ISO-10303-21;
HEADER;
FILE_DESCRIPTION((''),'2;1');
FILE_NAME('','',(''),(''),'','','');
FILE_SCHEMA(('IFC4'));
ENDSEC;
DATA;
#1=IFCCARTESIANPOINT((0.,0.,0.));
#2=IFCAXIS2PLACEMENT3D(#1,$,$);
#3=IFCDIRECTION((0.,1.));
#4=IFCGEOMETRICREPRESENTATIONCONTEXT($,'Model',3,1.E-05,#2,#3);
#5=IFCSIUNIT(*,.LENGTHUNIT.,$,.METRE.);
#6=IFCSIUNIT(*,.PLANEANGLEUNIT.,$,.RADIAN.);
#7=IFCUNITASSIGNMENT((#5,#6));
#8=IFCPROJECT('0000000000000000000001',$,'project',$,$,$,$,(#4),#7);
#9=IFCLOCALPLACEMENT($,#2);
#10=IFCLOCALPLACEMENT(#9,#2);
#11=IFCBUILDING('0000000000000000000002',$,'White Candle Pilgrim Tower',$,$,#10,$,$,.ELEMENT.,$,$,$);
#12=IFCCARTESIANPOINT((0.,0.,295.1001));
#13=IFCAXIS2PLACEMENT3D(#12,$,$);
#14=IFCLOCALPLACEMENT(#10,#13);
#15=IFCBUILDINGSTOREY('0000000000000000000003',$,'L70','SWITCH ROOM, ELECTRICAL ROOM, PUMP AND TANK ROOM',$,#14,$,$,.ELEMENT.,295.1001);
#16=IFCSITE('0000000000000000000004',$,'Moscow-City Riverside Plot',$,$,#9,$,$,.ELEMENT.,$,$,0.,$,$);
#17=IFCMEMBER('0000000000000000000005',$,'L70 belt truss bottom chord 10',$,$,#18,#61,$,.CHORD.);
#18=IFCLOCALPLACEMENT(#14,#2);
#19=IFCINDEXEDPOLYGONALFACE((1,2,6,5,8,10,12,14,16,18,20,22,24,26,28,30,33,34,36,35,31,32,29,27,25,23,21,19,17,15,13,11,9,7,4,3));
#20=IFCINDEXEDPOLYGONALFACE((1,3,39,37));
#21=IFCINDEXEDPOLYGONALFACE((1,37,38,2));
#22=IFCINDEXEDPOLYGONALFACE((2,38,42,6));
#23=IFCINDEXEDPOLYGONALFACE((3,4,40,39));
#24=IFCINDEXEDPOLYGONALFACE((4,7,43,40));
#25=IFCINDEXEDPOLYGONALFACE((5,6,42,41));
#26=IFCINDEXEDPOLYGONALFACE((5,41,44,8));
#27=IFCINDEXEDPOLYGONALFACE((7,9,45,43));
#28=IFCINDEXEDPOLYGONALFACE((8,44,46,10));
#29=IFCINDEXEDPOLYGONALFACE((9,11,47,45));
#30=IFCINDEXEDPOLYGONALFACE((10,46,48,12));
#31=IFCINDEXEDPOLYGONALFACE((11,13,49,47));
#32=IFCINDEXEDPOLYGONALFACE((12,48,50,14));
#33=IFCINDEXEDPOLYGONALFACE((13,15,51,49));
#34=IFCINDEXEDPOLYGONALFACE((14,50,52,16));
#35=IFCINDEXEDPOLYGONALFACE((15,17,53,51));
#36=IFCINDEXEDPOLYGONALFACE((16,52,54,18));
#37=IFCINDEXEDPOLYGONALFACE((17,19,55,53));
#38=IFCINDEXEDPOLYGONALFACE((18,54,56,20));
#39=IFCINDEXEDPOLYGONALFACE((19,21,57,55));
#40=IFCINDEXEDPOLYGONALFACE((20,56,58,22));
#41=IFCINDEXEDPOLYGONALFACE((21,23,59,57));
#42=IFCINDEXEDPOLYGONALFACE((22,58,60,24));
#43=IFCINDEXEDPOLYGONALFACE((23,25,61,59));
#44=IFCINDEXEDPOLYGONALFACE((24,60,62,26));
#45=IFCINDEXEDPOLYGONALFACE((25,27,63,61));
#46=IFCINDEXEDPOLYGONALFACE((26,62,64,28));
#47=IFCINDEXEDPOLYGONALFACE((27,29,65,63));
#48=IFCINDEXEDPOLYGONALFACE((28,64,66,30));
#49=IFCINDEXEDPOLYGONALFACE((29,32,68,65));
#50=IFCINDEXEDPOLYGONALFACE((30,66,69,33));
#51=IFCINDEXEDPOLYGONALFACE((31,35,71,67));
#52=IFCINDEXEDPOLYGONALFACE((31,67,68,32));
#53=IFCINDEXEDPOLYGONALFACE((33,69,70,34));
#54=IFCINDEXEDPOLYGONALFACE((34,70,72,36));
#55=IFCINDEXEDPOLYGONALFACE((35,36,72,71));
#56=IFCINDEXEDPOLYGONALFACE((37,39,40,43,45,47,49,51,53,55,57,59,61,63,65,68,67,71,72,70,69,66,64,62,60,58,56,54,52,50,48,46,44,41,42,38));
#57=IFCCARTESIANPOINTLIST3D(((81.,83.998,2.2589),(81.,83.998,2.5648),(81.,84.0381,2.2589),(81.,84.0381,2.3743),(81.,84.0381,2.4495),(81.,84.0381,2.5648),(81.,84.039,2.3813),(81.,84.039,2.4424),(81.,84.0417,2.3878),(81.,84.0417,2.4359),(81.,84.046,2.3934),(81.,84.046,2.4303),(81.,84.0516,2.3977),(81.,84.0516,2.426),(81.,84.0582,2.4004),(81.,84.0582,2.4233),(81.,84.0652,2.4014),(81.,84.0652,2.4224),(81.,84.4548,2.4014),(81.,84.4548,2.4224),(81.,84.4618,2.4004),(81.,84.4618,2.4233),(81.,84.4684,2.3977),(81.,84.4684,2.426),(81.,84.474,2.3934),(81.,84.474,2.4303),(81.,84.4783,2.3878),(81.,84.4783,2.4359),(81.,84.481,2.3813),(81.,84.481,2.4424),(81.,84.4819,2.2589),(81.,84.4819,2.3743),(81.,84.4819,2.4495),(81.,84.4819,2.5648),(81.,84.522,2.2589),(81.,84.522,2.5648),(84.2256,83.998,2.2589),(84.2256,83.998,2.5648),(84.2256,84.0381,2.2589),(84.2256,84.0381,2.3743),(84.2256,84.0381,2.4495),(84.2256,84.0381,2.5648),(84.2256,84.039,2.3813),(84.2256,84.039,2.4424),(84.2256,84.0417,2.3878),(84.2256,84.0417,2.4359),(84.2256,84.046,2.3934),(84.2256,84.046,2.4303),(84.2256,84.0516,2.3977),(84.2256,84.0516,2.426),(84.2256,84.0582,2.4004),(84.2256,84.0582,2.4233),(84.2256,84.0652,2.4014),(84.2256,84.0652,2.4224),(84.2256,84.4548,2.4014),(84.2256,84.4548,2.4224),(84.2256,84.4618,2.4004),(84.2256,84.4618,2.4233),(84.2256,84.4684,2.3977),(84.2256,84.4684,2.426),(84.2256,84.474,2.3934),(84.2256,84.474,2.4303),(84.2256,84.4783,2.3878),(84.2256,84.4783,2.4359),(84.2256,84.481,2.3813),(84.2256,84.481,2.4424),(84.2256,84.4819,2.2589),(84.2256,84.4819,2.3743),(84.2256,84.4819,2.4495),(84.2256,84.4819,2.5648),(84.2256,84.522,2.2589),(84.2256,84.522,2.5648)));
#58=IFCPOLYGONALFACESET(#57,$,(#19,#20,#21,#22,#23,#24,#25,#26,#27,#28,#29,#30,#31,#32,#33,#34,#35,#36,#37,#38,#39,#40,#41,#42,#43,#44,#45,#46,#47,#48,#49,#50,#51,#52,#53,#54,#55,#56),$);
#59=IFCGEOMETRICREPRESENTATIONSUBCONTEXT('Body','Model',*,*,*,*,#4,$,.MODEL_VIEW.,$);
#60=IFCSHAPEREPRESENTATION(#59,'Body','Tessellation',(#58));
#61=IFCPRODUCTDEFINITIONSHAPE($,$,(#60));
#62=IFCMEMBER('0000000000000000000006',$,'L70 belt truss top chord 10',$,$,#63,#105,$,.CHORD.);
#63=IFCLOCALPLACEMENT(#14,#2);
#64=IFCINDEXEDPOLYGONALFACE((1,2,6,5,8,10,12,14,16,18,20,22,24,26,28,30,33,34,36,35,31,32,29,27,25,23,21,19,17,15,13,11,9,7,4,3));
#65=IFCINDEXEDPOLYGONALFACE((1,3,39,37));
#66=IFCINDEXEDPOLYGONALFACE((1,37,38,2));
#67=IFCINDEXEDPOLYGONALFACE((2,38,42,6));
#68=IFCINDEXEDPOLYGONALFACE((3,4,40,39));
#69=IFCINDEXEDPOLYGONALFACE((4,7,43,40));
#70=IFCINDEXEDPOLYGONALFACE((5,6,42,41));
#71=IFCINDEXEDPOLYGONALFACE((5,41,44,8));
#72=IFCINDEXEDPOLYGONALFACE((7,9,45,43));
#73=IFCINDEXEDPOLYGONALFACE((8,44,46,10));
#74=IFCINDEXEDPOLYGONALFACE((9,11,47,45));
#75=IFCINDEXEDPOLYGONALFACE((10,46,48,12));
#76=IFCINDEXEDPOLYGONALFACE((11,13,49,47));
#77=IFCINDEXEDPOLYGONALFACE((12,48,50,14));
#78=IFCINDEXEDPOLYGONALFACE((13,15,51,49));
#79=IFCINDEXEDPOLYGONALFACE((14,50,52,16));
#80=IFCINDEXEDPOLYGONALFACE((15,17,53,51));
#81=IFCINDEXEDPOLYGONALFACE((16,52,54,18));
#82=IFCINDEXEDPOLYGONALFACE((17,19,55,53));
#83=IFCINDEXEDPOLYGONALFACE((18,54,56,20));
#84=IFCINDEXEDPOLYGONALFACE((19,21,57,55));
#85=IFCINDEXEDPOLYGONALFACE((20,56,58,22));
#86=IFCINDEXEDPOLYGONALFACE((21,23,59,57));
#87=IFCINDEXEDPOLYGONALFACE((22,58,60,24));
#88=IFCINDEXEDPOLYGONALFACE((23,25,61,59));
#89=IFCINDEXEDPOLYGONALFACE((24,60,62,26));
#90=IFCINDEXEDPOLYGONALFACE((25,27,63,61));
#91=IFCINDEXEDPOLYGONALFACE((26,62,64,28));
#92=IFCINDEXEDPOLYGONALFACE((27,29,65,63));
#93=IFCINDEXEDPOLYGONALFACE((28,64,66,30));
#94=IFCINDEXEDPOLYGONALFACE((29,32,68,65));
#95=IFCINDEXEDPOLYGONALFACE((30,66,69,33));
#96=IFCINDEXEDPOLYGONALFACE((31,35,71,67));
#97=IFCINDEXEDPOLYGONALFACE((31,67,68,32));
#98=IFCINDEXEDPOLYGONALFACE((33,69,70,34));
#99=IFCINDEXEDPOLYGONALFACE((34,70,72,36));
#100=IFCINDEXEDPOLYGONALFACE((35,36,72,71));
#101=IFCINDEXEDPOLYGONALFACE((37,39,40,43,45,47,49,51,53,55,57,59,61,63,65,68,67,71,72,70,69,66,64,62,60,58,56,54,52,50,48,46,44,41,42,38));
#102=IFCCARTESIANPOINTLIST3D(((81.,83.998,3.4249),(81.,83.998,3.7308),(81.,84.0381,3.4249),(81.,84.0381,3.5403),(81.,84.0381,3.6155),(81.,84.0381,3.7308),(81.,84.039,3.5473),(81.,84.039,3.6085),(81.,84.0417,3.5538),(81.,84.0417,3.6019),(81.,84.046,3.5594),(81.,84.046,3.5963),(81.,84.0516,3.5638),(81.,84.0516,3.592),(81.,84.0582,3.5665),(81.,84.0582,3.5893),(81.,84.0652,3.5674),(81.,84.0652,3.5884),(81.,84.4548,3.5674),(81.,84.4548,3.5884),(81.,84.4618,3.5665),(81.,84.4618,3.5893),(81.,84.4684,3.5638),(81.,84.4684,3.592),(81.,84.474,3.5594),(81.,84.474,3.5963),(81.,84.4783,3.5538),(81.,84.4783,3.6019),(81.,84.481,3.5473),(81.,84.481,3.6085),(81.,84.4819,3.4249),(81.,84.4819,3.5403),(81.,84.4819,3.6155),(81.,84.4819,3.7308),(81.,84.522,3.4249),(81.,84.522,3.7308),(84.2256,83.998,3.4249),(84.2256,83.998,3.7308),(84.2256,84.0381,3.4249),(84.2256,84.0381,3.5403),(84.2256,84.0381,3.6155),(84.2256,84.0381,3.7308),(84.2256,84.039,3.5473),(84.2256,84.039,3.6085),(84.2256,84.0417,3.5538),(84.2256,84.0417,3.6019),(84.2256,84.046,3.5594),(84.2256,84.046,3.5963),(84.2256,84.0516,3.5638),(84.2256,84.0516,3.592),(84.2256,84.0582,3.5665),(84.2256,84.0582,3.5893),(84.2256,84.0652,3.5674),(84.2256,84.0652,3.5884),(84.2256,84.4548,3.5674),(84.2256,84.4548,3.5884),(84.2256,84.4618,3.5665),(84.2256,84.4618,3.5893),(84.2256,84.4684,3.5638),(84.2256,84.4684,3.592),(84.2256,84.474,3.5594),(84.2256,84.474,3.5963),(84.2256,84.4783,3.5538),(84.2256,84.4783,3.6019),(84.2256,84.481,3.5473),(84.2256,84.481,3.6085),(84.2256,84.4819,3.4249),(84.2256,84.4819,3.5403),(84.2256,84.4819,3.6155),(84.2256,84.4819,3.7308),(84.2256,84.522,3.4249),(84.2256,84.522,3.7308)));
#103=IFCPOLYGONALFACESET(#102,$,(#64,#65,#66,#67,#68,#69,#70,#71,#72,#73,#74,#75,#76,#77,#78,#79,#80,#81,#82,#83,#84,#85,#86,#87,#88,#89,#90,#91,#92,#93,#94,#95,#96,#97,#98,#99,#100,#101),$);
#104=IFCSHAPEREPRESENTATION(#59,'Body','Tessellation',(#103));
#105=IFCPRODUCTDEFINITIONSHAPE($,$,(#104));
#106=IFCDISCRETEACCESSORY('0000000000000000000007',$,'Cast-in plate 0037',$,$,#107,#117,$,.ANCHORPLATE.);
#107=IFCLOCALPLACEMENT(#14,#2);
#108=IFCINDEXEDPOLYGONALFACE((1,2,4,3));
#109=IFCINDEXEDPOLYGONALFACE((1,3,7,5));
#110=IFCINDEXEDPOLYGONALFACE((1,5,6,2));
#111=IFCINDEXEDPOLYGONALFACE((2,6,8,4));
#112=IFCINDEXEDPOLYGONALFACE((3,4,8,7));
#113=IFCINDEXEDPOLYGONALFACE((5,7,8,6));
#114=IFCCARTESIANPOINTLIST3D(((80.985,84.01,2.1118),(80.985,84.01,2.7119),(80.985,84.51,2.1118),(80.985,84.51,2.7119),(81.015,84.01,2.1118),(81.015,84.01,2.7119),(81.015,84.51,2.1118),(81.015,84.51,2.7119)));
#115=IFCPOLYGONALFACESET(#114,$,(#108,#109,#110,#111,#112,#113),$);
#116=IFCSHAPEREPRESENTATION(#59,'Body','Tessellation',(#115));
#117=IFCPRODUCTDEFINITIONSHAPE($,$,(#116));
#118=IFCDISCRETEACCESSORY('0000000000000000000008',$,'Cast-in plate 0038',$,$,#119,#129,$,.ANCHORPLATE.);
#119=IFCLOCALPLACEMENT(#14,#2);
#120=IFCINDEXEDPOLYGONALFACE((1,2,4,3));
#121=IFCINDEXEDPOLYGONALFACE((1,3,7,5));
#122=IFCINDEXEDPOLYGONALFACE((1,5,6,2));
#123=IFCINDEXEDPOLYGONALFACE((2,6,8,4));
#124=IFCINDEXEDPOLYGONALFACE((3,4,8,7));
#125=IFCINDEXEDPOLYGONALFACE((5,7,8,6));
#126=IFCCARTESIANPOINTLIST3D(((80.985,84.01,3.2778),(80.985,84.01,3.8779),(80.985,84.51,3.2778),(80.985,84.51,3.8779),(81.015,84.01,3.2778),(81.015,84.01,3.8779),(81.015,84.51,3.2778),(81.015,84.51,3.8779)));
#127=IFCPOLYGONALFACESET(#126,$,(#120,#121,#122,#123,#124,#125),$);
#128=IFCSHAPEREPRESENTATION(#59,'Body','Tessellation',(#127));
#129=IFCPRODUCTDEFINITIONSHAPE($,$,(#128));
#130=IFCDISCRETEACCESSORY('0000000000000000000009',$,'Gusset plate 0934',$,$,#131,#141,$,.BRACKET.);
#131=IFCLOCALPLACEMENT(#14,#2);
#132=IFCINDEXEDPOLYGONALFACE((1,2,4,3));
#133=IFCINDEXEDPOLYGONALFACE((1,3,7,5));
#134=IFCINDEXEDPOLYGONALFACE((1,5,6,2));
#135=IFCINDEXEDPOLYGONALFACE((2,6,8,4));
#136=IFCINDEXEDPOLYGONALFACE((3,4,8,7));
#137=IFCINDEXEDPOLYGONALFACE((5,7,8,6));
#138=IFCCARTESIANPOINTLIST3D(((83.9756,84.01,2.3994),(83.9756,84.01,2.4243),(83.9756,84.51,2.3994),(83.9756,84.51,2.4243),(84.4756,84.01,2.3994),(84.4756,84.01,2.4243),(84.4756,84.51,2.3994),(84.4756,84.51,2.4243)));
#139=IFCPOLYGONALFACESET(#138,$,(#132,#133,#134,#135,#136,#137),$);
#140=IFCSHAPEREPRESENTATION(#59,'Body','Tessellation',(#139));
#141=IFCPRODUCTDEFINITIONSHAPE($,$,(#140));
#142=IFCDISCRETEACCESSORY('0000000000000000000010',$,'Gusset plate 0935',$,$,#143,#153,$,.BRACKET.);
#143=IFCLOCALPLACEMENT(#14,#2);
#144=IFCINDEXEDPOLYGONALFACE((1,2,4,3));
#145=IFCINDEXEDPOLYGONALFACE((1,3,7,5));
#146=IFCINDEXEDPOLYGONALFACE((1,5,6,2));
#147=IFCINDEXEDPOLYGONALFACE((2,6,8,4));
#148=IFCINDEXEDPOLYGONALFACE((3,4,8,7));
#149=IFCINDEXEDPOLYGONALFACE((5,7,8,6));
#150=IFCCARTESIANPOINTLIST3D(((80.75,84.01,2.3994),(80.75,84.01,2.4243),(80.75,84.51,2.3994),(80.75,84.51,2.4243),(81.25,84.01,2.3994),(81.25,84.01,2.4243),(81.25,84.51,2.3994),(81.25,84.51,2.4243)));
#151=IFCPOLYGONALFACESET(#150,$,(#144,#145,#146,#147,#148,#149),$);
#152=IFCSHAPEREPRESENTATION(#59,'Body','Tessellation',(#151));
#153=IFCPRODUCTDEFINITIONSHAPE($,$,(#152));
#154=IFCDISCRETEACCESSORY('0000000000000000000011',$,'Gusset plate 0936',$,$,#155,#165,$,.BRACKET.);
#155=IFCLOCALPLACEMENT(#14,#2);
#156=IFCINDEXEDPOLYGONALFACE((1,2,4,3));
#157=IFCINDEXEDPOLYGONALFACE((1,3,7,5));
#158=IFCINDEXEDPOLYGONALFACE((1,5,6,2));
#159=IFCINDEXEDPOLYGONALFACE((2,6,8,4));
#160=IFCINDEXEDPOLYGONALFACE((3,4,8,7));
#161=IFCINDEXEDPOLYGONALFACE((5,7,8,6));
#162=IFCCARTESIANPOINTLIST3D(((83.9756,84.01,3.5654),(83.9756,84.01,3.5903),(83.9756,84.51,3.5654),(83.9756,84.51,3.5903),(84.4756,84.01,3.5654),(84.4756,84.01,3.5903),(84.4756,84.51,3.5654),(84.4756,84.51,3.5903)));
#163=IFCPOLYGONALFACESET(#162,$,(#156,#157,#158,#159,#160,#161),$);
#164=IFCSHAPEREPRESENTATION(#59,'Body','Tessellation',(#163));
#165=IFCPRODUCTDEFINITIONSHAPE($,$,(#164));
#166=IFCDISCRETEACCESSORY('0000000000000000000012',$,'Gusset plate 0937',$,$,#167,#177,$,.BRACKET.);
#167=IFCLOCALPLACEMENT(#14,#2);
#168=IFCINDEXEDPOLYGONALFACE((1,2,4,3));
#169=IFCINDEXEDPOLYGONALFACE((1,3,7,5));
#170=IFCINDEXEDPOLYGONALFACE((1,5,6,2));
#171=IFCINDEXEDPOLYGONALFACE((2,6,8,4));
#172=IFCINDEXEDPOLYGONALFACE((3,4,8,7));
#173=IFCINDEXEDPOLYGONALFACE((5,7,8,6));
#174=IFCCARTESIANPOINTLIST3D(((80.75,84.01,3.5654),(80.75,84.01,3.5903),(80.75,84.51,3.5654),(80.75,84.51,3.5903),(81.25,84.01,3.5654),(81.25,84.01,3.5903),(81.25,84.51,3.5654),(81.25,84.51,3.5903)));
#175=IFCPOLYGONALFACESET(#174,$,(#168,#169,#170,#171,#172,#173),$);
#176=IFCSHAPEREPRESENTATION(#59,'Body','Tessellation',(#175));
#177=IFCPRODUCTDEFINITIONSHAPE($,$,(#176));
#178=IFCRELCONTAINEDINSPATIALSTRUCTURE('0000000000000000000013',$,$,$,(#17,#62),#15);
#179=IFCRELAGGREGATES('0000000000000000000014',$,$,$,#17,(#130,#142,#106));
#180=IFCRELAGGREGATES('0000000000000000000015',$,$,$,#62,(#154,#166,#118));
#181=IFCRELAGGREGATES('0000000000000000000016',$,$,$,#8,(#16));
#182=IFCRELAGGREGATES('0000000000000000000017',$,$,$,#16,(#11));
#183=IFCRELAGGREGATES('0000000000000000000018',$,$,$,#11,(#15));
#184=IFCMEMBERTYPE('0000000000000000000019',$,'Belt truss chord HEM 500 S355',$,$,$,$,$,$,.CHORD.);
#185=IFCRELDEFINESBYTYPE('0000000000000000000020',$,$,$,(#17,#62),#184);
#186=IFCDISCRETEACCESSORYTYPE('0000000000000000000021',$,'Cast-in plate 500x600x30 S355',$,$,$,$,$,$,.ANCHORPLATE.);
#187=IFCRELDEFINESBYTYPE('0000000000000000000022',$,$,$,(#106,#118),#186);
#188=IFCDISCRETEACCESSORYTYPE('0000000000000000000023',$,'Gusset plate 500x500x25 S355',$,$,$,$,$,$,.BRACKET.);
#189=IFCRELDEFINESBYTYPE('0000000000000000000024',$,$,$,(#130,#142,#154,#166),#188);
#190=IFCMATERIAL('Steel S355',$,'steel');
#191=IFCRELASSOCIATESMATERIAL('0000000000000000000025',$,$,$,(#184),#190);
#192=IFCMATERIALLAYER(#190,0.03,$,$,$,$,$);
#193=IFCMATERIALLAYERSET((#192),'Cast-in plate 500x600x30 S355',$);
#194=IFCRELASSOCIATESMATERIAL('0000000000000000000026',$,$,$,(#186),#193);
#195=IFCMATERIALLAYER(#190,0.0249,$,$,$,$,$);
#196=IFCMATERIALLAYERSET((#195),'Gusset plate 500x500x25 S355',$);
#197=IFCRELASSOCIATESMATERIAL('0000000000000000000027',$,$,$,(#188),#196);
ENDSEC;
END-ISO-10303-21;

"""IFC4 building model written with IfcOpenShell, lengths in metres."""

from ifc_helpers import new_model, si_unit, direction, frame, origin, origin_2d, place, context, subcontext, project, spatial, rectangle, i_section, extrude, material, layer, layer_set, material_profile, profile_set, type_object, element, aggregate, save


model = new_model("IFC4")

# Units and contexts
model_context = context("Model", 3, precision=1e-05, world=origin(), true_north=direction((0.0, 1.0)))
body_context = subcontext(model_context, "Body", "Model", "MODEL_VIEW")
ifc_project = project(units=[si_unit("LENGTHUNIT", "METRE"), si_unit("PLANEANGLEUNIT", "RADIAN")], contexts=[model_context])

# Site, building, storey
site_placement = place(None, origin())
site = spatial("IfcSite", under=ifc_project, at=site_placement, Name="Moscow-City Riverside Plot", CompositionType="ELEMENT", RefElevation=0.0)
building_placement = place(site_placement, origin())
building = spatial("IfcBuilding", under=site, at=building_placement, Name="White Candle Pilgrim Tower", CompositionType="ELEMENT")
storey_placement = place(building_placement, frame((0.0, 0.0, 295.1001)))
storey = spatial("IfcBuildingStorey", under=building, at=storey_placement, Name="L70", Description="SWITCH ROOM, ELECTRICAL ROOM, PUMP AND TANK ROOM", CompositionType="ELEMENT", Elevation=295.1001)

# Members
ifc_material_1 = material(Name="Steel S355", Category="steel")
ifc_material_profile_1 = material_profile(ifc_material_1, i_section(OverallWidth=0.3059, OverallDepth=0.5239, WebThickness=0.021, FlangeThickness=0.04, FilletRadius=0.0271, at=origin_2d()), Name="HEM 500")
ifc_profile_set_1 = profile_set([ifc_material_profile_1], Name="Steel S355")
member_type_1 = type_object("IfcMemberType", Name="Belt truss chord HEM 500 S355", PredefinedType="CHORD", material=ifc_profile_set_1)
member_1_placement = place(storey_placement, frame((84.2256, 84.26, 2.4119), z_axis=(-1.0, 0.0, 0.0), x_axis=(0.0, 0.0, -1.0)))
member_1 = element("IfcMember", 1, at=member_1_placement, inside=storey, type_object=member_type_1, Name="L70 belt truss bottom chord 10", PredefinedType="CHORD", context=body_context, shape_type="SweptSolid", body=[
    extrude(i_section(OverallWidth=0.3059, OverallDepth=0.5239, WebThickness=0.021, FlangeThickness=0.04, FilletRadius=0.0271, at=origin_2d()), origin(), (0.0, 0.0, 1.0), 3.2256),
])
member_2_placement = place(storey_placement, frame((84.2256, 84.26, 3.5779), z_axis=(-1.0, 0.0, 0.0), x_axis=(0.0, 0.0, -1.0)))
member_2 = element("IfcMember", 2, at=member_2_placement, inside=storey, type_object=member_type_1, Name="L70 belt truss top chord 10", PredefinedType="CHORD", context=body_context, shape_type="SweptSolid", body=[
    extrude(i_section(OverallWidth=0.3059, OverallDepth=0.5239, WebThickness=0.021, FlangeThickness=0.04, FilletRadius=0.0271, at=origin_2d()), origin(), (0.0, 0.0, 1.0), 3.2256),
])

# Discrete accessories
ifc_layer_1 = layer(ifc_material_1, 0.03)
ifc_layer_set_1 = layer_set([ifc_layer_1], Name="Cast-in plate 500x600x30 S355")
discrete_accessory_type_1 = type_object("IfcDiscreteAccessoryType", Name="Cast-in plate 500x600x30 S355", PredefinedType="ANCHORPLATE", material=ifc_layer_set_1)
discrete_accessory_1_placement = place(storey_placement, frame((81.0, 84.26, 2.1118), z_axis=(0.0, 0.0, 1.0), x_axis=(1.0, 0.0, 0.0)))
discrete_accessory_1 = element("IfcDiscreteAccessory", 3, at=discrete_accessory_1_placement, type_object=discrete_accessory_type_1, Name="Cast-in plate 0037", PredefinedType="ANCHORPLATE", context=body_context, shape_type="SweptSolid", body=[
    extrude(rectangle(XDim=0.03, YDim=0.5, at=origin_2d()), origin(), (0.0, 0.0, 1.0), 0.6001),
])
discrete_accessory_2_placement = place(storey_placement, frame((81.0, 84.26, 3.2778), z_axis=(0.0, 0.0, 1.0), x_axis=(1.0, 0.0, 0.0)))
discrete_accessory_2 = element("IfcDiscreteAccessory", 4, at=discrete_accessory_2_placement, type_object=discrete_accessory_type_1, Name="Cast-in plate 0038", PredefinedType="ANCHORPLATE", context=body_context, shape_type="SweptSolid", body=[
    extrude(rectangle(XDim=0.03, YDim=0.5, at=origin_2d()), origin(), (0.0, 0.0, 1.0), 0.6001),
])
ifc_layer_2 = layer(ifc_material_1, 0.0249)
ifc_layer_set_2 = layer_set([ifc_layer_2], Name="Gusset plate 500x500x25 S355")
discrete_accessory_type_2 = type_object("IfcDiscreteAccessoryType", Name="Gusset plate 500x500x25 S355", PredefinedType="BRACKET", material=ifc_layer_set_2)
discrete_accessory_3_placement = place(storey_placement, frame((84.2256, 84.26, 2.3994), z_axis=(0.0, 0.0, 1.0), x_axis=(1.0, 0.0, 0.0)))
discrete_accessory_3 = element("IfcDiscreteAccessory", 5, at=discrete_accessory_3_placement, type_object=discrete_accessory_type_2, Name="Gusset plate 0934", PredefinedType="BRACKET", context=body_context, shape_type="SweptSolid", body=[
    extrude(rectangle(XDim=0.5, YDim=0.5, at=origin_2d()), origin(), (0.0, 0.0, 1.0), 0.0249),
])
discrete_accessory_4_placement = place(storey_placement, frame((81.0, 84.26, 2.3994), z_axis=(0.0, 0.0, 1.0), x_axis=(1.0, 0.0, 0.0)))
discrete_accessory_4 = element("IfcDiscreteAccessory", 6, at=discrete_accessory_4_placement, type_object=discrete_accessory_type_2, Name="Gusset plate 0935", PredefinedType="BRACKET", context=body_context, shape_type="SweptSolid", body=[
    extrude(rectangle(XDim=0.5, YDim=0.5, at=origin_2d()), origin(), (0.0, 0.0, 1.0), 0.0249),
])
aggregate(member_1, [discrete_accessory_3, discrete_accessory_4, discrete_accessory_1])
discrete_accessory_5_placement = place(storey_placement, frame((84.2256, 84.26, 3.5654), z_axis=(0.0, 0.0, 1.0), x_axis=(1.0, 0.0, 0.0)))
discrete_accessory_5 = element("IfcDiscreteAccessory", 7, at=discrete_accessory_5_placement, type_object=discrete_accessory_type_2, Name="Gusset plate 0936", PredefinedType="BRACKET", context=body_context, shape_type="SweptSolid", body=[
    extrude(rectangle(XDim=0.5, YDim=0.5, at=origin_2d()), origin(), (0.0, 0.0, 1.0), 0.0249),
])
discrete_accessory_6_placement = place(storey_placement, frame((81.0, 84.26, 3.5654), z_axis=(0.0, 0.0, 1.0), x_axis=(1.0, 0.0, 0.0)))
discrete_accessory_6 = element("IfcDiscreteAccessory", 8, at=discrete_accessory_6_placement, type_object=discrete_accessory_type_2, Name="Gusset plate 0937", PredefinedType="BRACKET", context=body_context, shape_type="SweptSolid", body=[
    extrude(rectangle(XDim=0.5, YDim=0.5, at=origin_2d()), origin(), (0.0, 0.0, 1.0), 0.0249),
])
aggregate(member_2, [discrete_accessory_5, discrete_accessory_6, discrete_accessory_2])

save(model, "model.ifc")
